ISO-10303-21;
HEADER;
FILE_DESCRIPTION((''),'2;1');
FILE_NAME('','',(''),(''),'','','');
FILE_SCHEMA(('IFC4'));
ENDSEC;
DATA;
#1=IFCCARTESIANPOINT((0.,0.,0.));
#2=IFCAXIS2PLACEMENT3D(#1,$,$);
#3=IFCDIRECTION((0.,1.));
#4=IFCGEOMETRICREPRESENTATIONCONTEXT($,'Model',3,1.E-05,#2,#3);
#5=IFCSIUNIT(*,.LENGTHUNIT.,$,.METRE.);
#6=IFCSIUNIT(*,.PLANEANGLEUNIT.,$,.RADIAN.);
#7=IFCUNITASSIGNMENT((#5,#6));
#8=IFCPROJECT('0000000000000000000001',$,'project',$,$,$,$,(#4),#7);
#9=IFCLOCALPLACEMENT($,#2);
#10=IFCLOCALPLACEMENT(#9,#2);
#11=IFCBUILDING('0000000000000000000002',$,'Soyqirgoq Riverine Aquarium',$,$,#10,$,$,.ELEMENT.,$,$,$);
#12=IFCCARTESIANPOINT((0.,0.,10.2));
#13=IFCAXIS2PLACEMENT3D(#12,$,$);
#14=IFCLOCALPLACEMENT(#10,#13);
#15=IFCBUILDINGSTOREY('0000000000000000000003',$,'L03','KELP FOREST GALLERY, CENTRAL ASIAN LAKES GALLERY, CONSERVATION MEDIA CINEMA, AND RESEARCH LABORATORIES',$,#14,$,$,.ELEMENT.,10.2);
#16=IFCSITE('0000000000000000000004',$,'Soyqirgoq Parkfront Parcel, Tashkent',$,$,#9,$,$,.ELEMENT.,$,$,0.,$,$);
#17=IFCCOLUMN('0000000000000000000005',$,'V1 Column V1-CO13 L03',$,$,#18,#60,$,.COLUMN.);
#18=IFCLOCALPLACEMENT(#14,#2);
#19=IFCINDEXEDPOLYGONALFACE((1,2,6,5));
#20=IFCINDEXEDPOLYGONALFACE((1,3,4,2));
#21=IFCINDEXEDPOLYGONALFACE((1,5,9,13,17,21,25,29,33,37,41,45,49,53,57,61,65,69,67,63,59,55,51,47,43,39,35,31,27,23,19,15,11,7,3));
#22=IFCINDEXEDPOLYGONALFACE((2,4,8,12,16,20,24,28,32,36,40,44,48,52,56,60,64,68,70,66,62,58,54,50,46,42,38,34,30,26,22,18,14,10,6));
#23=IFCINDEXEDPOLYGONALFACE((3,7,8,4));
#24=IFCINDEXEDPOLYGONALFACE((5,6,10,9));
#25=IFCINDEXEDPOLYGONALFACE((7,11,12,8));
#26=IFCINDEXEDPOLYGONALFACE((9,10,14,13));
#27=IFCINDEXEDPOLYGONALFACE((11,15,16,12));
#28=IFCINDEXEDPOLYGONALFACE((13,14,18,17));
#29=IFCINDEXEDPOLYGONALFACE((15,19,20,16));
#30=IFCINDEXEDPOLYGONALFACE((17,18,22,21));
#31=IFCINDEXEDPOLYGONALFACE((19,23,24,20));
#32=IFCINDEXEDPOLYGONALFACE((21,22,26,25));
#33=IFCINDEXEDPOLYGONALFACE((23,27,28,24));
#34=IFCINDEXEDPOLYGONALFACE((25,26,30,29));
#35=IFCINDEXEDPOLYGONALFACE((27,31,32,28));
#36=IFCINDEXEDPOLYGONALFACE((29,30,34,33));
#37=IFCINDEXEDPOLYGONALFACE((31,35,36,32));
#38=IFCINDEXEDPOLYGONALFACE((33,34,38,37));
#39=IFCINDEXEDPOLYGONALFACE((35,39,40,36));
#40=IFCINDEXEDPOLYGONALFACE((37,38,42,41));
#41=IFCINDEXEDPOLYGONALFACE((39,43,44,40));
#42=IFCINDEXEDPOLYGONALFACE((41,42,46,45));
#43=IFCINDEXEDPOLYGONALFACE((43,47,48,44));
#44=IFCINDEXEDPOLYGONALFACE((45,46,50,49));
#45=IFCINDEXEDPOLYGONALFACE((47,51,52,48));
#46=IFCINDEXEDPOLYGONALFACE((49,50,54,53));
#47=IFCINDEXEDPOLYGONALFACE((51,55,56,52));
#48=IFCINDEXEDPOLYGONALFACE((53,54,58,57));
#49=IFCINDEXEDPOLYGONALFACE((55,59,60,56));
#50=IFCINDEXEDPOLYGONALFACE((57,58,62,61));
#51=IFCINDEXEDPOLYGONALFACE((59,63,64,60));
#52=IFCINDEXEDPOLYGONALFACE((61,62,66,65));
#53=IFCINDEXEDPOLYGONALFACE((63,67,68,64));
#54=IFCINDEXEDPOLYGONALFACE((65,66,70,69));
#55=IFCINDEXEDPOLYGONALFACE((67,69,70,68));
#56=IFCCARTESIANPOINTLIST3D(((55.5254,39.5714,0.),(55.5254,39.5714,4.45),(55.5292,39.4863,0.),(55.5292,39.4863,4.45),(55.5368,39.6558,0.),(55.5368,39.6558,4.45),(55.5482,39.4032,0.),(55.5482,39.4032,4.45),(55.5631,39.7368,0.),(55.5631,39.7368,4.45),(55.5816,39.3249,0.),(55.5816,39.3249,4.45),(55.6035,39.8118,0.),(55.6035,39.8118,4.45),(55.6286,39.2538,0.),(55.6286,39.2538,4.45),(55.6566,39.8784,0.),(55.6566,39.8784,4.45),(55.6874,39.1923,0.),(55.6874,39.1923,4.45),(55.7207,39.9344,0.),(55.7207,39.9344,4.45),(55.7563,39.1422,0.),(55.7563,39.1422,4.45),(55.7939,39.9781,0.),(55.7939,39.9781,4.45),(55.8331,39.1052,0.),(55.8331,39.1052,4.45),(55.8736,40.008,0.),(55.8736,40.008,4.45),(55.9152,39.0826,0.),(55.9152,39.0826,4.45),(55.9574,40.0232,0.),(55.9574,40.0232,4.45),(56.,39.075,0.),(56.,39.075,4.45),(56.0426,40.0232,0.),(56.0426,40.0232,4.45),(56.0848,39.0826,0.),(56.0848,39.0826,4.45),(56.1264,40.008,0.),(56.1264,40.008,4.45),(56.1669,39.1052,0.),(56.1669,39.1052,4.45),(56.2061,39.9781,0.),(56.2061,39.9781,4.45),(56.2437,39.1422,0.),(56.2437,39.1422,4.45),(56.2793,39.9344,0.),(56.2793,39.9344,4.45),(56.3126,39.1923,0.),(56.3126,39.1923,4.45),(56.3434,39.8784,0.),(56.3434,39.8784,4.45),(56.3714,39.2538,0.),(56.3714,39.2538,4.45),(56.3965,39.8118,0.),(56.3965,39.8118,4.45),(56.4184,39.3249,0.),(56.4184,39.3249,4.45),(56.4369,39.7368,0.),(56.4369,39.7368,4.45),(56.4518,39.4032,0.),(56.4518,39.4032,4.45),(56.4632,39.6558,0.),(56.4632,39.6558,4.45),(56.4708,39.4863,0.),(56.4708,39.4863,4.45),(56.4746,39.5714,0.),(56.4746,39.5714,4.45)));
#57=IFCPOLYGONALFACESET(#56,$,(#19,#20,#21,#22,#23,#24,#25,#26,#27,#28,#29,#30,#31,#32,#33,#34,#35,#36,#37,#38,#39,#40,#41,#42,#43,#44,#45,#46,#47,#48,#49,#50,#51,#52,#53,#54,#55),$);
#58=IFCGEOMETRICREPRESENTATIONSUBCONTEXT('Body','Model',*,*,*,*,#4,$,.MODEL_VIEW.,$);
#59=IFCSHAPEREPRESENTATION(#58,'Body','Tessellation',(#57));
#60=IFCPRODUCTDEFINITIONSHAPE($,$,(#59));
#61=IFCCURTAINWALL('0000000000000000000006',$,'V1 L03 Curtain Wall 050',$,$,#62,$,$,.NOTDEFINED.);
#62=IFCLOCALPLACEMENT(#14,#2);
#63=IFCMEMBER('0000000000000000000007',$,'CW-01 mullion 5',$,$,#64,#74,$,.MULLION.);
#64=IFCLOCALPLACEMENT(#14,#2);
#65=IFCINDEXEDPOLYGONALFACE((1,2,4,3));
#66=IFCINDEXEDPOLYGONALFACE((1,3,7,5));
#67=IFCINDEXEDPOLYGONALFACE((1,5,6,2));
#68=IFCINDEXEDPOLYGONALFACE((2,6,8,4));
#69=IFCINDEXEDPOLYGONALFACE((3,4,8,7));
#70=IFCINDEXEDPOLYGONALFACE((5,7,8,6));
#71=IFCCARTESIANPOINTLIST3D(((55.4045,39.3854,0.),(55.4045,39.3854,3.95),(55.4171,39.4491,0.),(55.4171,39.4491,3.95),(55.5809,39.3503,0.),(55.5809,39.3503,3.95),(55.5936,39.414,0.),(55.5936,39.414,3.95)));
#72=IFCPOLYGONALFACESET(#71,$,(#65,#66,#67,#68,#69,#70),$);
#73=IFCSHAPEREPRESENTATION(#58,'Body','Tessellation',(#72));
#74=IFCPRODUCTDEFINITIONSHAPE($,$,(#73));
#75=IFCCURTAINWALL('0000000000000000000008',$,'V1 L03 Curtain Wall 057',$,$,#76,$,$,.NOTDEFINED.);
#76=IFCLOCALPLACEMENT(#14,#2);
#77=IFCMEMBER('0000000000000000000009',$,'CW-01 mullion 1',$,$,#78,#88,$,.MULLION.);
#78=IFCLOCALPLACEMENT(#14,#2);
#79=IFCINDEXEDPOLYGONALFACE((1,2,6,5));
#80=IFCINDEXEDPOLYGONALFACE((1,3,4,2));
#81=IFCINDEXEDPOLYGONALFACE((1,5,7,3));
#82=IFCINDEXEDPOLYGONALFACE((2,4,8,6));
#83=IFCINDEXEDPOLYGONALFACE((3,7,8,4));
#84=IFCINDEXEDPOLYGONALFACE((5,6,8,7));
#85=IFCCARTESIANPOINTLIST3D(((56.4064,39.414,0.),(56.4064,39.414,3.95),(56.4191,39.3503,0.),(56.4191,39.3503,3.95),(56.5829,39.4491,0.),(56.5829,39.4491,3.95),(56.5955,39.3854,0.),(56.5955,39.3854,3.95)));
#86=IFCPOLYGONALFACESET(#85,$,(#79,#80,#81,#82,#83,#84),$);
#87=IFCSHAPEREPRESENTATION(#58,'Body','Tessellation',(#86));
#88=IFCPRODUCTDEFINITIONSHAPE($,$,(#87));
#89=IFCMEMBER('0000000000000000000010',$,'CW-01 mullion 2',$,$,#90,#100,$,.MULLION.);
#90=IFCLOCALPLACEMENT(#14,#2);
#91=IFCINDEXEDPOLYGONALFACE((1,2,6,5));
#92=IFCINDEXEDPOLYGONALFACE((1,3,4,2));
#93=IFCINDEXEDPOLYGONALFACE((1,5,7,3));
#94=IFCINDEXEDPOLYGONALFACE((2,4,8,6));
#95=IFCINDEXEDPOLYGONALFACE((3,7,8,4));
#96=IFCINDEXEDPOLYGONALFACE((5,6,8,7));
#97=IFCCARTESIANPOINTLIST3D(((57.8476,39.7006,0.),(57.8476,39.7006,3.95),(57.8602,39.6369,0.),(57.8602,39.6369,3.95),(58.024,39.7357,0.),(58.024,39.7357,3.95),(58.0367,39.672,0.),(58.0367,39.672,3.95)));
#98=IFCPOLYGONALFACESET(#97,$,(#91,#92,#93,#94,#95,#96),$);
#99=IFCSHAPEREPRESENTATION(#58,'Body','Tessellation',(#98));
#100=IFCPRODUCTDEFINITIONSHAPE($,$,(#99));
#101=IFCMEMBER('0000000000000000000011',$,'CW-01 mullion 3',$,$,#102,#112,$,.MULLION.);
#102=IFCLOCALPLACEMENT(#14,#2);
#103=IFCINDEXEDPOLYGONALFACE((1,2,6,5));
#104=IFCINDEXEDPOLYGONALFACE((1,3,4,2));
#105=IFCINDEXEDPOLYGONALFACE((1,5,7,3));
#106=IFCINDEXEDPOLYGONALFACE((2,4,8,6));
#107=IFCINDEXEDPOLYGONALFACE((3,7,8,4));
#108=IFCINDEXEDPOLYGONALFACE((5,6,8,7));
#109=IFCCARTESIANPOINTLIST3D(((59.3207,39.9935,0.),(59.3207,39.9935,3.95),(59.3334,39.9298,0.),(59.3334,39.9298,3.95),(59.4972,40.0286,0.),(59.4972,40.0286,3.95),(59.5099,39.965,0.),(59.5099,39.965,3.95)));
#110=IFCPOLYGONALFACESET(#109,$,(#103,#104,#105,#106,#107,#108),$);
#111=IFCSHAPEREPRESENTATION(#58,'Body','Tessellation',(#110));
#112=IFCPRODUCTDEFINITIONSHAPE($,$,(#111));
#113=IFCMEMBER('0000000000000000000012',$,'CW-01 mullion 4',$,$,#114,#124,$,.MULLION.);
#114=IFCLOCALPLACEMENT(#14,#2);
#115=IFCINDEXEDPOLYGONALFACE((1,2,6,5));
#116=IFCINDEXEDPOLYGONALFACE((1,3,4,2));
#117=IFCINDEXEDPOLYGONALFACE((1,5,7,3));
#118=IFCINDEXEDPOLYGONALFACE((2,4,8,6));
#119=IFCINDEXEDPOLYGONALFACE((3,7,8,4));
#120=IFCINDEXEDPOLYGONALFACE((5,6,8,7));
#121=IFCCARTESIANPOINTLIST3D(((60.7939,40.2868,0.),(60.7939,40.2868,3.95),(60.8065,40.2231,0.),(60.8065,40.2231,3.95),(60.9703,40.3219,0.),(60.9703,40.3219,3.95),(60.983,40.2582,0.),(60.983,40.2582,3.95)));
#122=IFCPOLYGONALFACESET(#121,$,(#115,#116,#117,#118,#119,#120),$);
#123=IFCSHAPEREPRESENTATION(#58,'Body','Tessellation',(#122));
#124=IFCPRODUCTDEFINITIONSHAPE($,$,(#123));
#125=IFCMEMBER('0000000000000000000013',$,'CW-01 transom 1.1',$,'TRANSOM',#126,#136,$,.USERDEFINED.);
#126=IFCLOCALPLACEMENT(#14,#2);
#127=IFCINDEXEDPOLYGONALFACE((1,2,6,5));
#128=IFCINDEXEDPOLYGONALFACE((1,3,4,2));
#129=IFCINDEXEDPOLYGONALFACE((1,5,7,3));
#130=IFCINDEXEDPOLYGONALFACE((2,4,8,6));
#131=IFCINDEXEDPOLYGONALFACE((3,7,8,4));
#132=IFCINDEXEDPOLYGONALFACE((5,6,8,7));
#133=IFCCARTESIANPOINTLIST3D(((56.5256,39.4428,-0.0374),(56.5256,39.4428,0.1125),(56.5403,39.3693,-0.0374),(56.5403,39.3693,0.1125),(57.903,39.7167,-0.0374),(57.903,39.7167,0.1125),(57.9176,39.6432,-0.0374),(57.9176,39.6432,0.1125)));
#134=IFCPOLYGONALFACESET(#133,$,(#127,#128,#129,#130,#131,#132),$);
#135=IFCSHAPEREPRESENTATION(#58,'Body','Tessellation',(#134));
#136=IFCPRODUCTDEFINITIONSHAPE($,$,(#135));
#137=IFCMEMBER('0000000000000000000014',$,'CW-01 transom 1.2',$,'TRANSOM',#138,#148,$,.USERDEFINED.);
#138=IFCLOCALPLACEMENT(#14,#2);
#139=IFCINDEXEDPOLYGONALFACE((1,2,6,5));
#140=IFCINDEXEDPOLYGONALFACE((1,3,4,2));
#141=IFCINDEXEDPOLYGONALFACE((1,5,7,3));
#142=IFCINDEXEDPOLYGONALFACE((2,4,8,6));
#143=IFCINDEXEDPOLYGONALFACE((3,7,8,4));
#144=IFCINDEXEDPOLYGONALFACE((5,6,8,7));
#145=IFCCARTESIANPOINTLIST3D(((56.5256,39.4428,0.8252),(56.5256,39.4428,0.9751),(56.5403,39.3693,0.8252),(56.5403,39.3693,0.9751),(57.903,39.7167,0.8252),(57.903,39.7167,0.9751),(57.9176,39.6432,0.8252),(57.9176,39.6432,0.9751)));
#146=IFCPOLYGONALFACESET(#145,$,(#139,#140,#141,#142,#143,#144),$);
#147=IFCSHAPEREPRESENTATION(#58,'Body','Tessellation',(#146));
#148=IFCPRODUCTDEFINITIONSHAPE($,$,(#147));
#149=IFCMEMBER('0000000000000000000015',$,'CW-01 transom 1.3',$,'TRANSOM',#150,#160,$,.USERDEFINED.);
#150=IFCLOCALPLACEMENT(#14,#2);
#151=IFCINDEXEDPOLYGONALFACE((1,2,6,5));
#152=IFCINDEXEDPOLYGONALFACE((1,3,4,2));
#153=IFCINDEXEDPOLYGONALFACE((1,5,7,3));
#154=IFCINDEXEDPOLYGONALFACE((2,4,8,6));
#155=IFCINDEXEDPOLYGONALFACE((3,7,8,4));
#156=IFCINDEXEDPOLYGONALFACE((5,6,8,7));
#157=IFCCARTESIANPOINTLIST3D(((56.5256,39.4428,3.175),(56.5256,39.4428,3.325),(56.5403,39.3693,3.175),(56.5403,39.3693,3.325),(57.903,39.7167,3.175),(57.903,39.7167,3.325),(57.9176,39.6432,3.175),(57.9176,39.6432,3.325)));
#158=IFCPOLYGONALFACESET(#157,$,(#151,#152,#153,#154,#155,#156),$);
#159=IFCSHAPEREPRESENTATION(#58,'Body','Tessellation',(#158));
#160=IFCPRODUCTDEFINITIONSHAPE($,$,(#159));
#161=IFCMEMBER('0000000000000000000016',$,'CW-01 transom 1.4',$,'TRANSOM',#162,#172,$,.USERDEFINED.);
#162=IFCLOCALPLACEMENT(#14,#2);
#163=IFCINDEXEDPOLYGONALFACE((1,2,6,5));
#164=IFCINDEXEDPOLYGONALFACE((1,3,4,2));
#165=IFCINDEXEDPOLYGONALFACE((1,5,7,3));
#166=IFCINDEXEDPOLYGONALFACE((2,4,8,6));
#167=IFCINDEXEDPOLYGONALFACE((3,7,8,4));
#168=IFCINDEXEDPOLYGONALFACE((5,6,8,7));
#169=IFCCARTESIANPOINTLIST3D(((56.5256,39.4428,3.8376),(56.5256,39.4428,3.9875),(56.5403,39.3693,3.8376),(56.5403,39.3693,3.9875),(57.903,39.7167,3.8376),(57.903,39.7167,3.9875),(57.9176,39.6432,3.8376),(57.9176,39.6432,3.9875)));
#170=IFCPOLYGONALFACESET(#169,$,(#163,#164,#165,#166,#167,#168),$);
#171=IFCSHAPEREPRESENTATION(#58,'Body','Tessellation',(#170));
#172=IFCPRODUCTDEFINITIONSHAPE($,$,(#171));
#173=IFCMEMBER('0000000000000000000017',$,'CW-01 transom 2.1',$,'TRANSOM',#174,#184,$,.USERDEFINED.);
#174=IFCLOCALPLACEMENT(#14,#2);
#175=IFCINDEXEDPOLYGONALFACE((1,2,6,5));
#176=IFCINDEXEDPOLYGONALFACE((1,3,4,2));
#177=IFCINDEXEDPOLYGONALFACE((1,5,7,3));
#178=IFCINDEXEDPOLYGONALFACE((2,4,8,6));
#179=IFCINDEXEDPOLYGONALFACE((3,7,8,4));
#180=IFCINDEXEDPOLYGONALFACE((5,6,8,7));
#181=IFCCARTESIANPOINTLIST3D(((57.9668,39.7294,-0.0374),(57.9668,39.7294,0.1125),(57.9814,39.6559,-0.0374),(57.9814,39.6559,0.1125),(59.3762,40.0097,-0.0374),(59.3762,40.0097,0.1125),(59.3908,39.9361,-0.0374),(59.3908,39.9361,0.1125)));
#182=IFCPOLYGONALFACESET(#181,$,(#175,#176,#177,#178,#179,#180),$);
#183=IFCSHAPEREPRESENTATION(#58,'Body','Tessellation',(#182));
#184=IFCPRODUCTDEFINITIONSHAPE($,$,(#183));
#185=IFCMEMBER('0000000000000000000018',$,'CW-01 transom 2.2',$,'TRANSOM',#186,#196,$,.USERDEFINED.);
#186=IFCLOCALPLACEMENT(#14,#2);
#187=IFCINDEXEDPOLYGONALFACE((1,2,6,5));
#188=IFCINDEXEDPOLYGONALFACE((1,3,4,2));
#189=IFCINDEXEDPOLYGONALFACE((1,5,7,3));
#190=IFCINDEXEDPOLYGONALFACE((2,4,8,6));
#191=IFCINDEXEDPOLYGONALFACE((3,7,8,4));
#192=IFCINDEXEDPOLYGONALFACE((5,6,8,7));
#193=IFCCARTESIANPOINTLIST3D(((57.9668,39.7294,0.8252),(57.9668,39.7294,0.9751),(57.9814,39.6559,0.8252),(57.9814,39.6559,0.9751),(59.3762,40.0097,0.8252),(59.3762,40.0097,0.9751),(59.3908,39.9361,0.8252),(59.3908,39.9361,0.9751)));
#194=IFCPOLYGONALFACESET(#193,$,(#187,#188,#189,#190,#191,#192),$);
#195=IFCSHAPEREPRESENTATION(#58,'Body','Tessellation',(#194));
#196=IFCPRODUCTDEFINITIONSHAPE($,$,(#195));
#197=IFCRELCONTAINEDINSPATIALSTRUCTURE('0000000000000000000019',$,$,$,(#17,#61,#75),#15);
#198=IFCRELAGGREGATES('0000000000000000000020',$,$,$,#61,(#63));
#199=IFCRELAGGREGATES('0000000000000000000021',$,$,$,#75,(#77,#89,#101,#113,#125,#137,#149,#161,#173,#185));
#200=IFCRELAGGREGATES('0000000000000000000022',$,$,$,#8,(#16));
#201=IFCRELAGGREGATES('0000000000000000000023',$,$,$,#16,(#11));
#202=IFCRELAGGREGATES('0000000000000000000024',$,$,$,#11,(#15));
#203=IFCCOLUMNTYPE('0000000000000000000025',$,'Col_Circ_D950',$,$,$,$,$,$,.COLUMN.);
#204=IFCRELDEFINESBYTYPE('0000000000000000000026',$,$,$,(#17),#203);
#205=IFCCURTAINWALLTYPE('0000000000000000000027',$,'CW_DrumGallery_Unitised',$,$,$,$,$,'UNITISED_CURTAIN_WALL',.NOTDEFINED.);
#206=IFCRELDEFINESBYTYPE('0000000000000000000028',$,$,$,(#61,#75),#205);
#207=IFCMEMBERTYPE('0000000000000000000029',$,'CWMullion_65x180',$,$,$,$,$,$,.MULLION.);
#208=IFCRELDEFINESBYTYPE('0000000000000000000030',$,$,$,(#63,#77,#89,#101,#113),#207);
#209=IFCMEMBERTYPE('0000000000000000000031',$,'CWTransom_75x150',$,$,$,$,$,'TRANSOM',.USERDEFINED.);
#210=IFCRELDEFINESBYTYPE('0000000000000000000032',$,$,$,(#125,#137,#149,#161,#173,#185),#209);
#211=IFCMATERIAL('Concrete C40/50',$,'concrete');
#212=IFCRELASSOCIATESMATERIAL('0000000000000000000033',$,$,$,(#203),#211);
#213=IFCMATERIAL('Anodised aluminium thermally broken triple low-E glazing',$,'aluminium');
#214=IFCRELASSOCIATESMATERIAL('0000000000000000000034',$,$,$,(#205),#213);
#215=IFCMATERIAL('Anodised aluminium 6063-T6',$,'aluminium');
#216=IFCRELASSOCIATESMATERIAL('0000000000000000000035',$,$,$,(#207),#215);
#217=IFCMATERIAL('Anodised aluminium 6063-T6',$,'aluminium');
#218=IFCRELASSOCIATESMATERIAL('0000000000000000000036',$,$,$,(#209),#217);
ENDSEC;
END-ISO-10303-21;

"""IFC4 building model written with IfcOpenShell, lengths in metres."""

from ifc_helpers import new_model, si_unit, direction, frame, origin, origin_2d, place, context, subcontext, project, spatial, rectangle, circle, extrude, material, material_profile, profile_set, type_object, element, aggregate, save


model = new_model("IFC4")

# Units and contexts
model_context = context("Model", 3, precision=1e-05, world=origin(), true_north=direction((0.0, 1.0)))
body_context = subcontext(model_context, "Body", "Model", "MODEL_VIEW")
ifc_project = project(units=[si_unit("LENGTHUNIT", "METRE"), si_unit("PLANEANGLEUNIT", "RADIAN")], contexts=[model_context])

# Site, building, storey
site_placement = place(None, origin())
site = spatial("IfcSite", under=ifc_project, at=site_placement, Name="Soyqirgoq Parkfront Parcel, Tashkent", CompositionType="ELEMENT", RefElevation=0.0)
building_placement = place(site_placement, origin())
building = spatial("IfcBuilding", under=site, at=building_placement, Name="Soyqirgoq Riverine Aquarium", CompositionType="ELEMENT")
storey_placement = place(building_placement, frame((0.0, 0.0, 10.2)))
storey = spatial("IfcBuildingStorey", under=building, at=storey_placement, Name="L03", Description="KELP FOREST GALLERY, CENTRAL ASIAN LAKES GALLERY, CONSERVATION MEDIA CINEMA, AND RESEARCH LABORATORIES", CompositionType="ELEMENT", Elevation=10.2)

# Column
ifc_material_1 = material(Name="Concrete C40/50", Category="concrete")
ifc_material_profile_1 = material_profile(ifc_material_1, circle(Radius=0.4751, at=origin_2d()), Name="RC-COL D950")
ifc_profile_set_1 = profile_set([ifc_material_profile_1], Name="Concrete C40/50")
column_type = type_object("IfcColumnType", Name="Col_Circ_D950", PredefinedType="COLUMN", material=ifc_profile_set_1)
column_placement = place(storey_placement, frame((56.0, 39.55, 0.0), z_axis=(0.0, 0.0, 1.0), x_axis=(0.0, -1.0, 0.0)))
element("IfcColumn", 1, at=column_placement, inside=storey, type_object=column_type, Name="V1 Column V1-CO13 L03", PredefinedType="COLUMN", context=body_context, shape_type="SweptSolid", body=[
    extrude(circle(Radius=0.4751, at=origin_2d()), origin(), (0.0, 0.0, 1.0), 4.45),
])

# Curtain wall, member
ifc_material_2 = material(Name="Anodised aluminium thermally broken triple low-E glazing", Category="aluminium")
curtain_wall_type = type_object("IfcCurtainWallType", Name="CW_DrumGallery_Unitised", ElementType="UNITISED_CURTAIN_WALL", PredefinedType="NOTDEFINED", material=ifc_material_2)
curtain_wall_1_placement = place(storey_placement, origin())
curtain_wall_1 = element("IfcCurtainWall", 2, at=curtain_wall_1_placement, inside=storey, type_object=curtain_wall_type, Name="V1 L03 Curtain Wall 050", PredefinedType="NOTDEFINED")
ifc_material_3 = material(Name="Anodised aluminium 6063-T6", Category="aluminium")
ifc_material_profile_2 = material_profile(ifc_material_3, rectangle(XDim=0.0649, YDim=0.1799, at=origin_2d()), Name="ALU-M 65x180")
ifc_profile_set_2 = profile_set([ifc_material_profile_2], Name="Anodised aluminium 6063-T6")
member_type_1 = type_object("IfcMemberType", Name="CWMullion_65x180", PredefinedType="MULLION", material=ifc_profile_set_2)
member_1_placement = place(storey_placement, frame((55.499, 39.3997, 0.0), z_axis=(0.0, 0.0, 1.0), x_axis=(0.195095, 0.980784, 0.0)))
member_1 = element("IfcMember", 3, at=member_1_placement, type_object=member_type_1, Name="CW-01 mullion 5", PredefinedType="MULLION", context=body_context, shape_type="SweptSolid", body=[
    extrude(rectangle(XDim=0.0649, YDim=0.1799, at=origin_2d()), origin(), (0.0, 0.0, 1.0), 3.95),
])

# Curtain wall, members
curtain_wall_2_placement = place(storey_placement, origin())
curtain_wall_2 = element("IfcCurtainWall", 4, at=curtain_wall_2_placement, inside=storey, type_object=curtain_wall_type, Name="V1 L03 Curtain Wall 057", PredefinedType="NOTDEFINED")
member_2_placement = place(storey_placement, frame((56.501, 39.3997, 0.0), z_axis=(0.0, 0.0, 1.0), x_axis=(-0.195095, 0.980784, 0.0)))
member_2 = element("IfcMember", 5, at=member_2_placement, type_object=member_type_1, Name="CW-01 mullion 1", PredefinedType="MULLION", context=body_context, shape_type="SweptSolid", body=[
    extrude(rectangle(XDim=0.0649, YDim=0.1799, at=origin_2d()), origin(), (0.0, 0.0, 1.0), 3.95),
])
member_3_placement = place(storey_placement, frame((57.9421, 39.6863, 0.0), z_axis=(0.0, 0.0, 1.0), x_axis=(-0.195095, 0.980784, 0.0)))
member_3 = element("IfcMember", 6, at=member_3_placement, type_object=member_type_1, Name="CW-01 mullion 2", PredefinedType="MULLION", context=body_context, shape_type="SweptSolid", body=[
    extrude(rectangle(XDim=0.0649, YDim=0.1799, at=origin_2d()), origin(), (0.0, 0.0, 1.0), 3.95),
])
member_4_placement = place(storey_placement, frame((59.4153, 39.9792, 0.0), z_axis=(0.0, 0.0, 1.0), x_axis=(-0.195095, 0.980784, 0.0)))
member_4 = element("IfcMember", 7, at=member_4_placement, type_object=member_type_1, Name="CW-01 mullion 3", PredefinedType="MULLION", context=body_context, shape_type="SweptSolid", body=[
    extrude(rectangle(XDim=0.0649, YDim=0.1799, at=origin_2d()), origin(), (0.0, 0.0, 1.0), 3.95),
])
member_5_placement = place(storey_placement, frame((60.8884, 40.2725, 0.0), z_axis=(0.0, 0.0, 1.0), x_axis=(-0.195095, 0.980784, 0.0)))
member_5 = element("IfcMember", 8, at=member_5_placement, type_object=member_type_1, Name="CW-01 mullion 4", PredefinedType="MULLION", context=body_context, shape_type="SweptSolid", body=[
    extrude(rectangle(XDim=0.0649, YDim=0.1799, at=origin_2d()), origin(), (0.0, 0.0, 1.0), 3.95),
])
ifc_material_4 = material(Name="Anodised aluminium 6063-T6", Category="aluminium")
ifc_material_profile_3 = material_profile(ifc_material_4, rectangle(XDim=0.075, YDim=0.1499, at=origin_2d()), Name="ALU-T 75x150")
ifc_profile_set_3 = profile_set([ifc_material_profile_3], Name="Anodised aluminium 6063-T6")
member_type_2 = type_object("IfcMemberType", Name="CWTransom_75x150", ElementType="TRANSOM", PredefinedType="USERDEFINED", material=ifc_profile_set_3)
member_6_placement = place(storey_placement, frame((56.533, 39.406, 0.0376), z_axis=(0.980794, 0.195046, 0.0), x_axis=(-0.195046, 0.980794, 0.0)))
member_6 = element("IfcMember", 9, at=member_6_placement, type_object=member_type_2, Name="CW-01 transom 1.1", ObjectType="TRANSOM", PredefinedType="USERDEFINED", context=body_context, shape_type="SweptSolid", body=[
    extrude(rectangle(XDim=0.075, YDim=0.1499, at=origin_2d()), origin(), (0.0, 0.0, 1.0), 1.4043),
])
member_7_placement = place(storey_placement, frame((56.533, 39.406, 0.9001), z_axis=(0.980794, 0.195046, 0.0), x_axis=(-0.195046, 0.980794, 0.0)))
member_7 = element("IfcMember", 10, at=member_7_placement, type_object=member_type_2, Name="CW-01 transom 1.2", ObjectType="TRANSOM", PredefinedType="USERDEFINED", context=body_context, shape_type="SweptSolid", body=[
    extrude(rectangle(XDim=0.075, YDim=0.1499, at=origin_2d()), origin(), (0.0, 0.0, 1.0), 1.4043),
])
member_8_placement = place(storey_placement, frame((56.533, 39.406, 3.25), z_axis=(0.980794, 0.195046, 0.0), x_axis=(-0.195046, 0.980794, 0.0)))
member_8 = element("IfcMember", 11, at=member_8_placement, type_object=member_type_2, Name="CW-01 transom 1.3", ObjectType="TRANSOM", PredefinedType="USERDEFINED", context=body_context, shape_type="SweptSolid", body=[
    extrude(rectangle(XDim=0.075, YDim=0.1499, at=origin_2d()), origin(), (0.0, 0.0, 1.0), 1.4043),
])
member_9_placement = place(storey_placement, frame((56.533, 39.406, 3.9126), z_axis=(0.980794, 0.195046, 0.0), x_axis=(-0.195046, 0.980794, 0.0)))
member_9 = element("IfcMember", 12, at=member_9_placement, type_object=member_type_2, Name="CW-01 transom 1.4", ObjectType="TRANSOM", PredefinedType="USERDEFINED", context=body_context, shape_type="SweptSolid", body=[
    extrude(rectangle(XDim=0.075, YDim=0.1499, at=origin_2d()), origin(), (0.0, 0.0, 1.0), 1.4043),
])
member_10_placement = place(storey_placement, frame((57.9741, 39.6926, 0.0376), z_axis=(0.980796, 0.195038, 0.0), x_axis=(-0.195038, 0.980796, 0.0)))
member_10 = element("IfcMember", 13, at=member_10_placement, type_object=member_type_2, Name="CW-01 transom 2.1", ObjectType="TRANSOM", PredefinedType="USERDEFINED", context=body_context, shape_type="SweptSolid", body=[
    extrude(rectangle(XDim=0.075, YDim=0.1499, at=origin_2d()), origin(), (0.0, 0.0, 1.0), 1.437),
])
member_11_placement = place(storey_placement, frame((57.9741, 39.6926, 0.9001), z_axis=(0.980796, 0.195038, 0.0), x_axis=(-0.195038, 0.980796, 0.0)))
member_11 = element("IfcMember", 14, at=member_11_placement, type_object=member_type_2, Name="CW-01 transom 2.2", ObjectType="TRANSOM", PredefinedType="USERDEFINED", context=body_context, shape_type="SweptSolid", body=[
    extrude(rectangle(XDim=0.075, YDim=0.1499, at=origin_2d()), origin(), (0.0, 0.0, 1.0), 1.437),
])

aggregate(curtain_wall_1, [member_1])
aggregate(curtain_wall_2, [member_2, member_3, member_4, member_5, member_6, member_7, member_8, member_9, member_10, member_11])

save(model, "model.ifc")
